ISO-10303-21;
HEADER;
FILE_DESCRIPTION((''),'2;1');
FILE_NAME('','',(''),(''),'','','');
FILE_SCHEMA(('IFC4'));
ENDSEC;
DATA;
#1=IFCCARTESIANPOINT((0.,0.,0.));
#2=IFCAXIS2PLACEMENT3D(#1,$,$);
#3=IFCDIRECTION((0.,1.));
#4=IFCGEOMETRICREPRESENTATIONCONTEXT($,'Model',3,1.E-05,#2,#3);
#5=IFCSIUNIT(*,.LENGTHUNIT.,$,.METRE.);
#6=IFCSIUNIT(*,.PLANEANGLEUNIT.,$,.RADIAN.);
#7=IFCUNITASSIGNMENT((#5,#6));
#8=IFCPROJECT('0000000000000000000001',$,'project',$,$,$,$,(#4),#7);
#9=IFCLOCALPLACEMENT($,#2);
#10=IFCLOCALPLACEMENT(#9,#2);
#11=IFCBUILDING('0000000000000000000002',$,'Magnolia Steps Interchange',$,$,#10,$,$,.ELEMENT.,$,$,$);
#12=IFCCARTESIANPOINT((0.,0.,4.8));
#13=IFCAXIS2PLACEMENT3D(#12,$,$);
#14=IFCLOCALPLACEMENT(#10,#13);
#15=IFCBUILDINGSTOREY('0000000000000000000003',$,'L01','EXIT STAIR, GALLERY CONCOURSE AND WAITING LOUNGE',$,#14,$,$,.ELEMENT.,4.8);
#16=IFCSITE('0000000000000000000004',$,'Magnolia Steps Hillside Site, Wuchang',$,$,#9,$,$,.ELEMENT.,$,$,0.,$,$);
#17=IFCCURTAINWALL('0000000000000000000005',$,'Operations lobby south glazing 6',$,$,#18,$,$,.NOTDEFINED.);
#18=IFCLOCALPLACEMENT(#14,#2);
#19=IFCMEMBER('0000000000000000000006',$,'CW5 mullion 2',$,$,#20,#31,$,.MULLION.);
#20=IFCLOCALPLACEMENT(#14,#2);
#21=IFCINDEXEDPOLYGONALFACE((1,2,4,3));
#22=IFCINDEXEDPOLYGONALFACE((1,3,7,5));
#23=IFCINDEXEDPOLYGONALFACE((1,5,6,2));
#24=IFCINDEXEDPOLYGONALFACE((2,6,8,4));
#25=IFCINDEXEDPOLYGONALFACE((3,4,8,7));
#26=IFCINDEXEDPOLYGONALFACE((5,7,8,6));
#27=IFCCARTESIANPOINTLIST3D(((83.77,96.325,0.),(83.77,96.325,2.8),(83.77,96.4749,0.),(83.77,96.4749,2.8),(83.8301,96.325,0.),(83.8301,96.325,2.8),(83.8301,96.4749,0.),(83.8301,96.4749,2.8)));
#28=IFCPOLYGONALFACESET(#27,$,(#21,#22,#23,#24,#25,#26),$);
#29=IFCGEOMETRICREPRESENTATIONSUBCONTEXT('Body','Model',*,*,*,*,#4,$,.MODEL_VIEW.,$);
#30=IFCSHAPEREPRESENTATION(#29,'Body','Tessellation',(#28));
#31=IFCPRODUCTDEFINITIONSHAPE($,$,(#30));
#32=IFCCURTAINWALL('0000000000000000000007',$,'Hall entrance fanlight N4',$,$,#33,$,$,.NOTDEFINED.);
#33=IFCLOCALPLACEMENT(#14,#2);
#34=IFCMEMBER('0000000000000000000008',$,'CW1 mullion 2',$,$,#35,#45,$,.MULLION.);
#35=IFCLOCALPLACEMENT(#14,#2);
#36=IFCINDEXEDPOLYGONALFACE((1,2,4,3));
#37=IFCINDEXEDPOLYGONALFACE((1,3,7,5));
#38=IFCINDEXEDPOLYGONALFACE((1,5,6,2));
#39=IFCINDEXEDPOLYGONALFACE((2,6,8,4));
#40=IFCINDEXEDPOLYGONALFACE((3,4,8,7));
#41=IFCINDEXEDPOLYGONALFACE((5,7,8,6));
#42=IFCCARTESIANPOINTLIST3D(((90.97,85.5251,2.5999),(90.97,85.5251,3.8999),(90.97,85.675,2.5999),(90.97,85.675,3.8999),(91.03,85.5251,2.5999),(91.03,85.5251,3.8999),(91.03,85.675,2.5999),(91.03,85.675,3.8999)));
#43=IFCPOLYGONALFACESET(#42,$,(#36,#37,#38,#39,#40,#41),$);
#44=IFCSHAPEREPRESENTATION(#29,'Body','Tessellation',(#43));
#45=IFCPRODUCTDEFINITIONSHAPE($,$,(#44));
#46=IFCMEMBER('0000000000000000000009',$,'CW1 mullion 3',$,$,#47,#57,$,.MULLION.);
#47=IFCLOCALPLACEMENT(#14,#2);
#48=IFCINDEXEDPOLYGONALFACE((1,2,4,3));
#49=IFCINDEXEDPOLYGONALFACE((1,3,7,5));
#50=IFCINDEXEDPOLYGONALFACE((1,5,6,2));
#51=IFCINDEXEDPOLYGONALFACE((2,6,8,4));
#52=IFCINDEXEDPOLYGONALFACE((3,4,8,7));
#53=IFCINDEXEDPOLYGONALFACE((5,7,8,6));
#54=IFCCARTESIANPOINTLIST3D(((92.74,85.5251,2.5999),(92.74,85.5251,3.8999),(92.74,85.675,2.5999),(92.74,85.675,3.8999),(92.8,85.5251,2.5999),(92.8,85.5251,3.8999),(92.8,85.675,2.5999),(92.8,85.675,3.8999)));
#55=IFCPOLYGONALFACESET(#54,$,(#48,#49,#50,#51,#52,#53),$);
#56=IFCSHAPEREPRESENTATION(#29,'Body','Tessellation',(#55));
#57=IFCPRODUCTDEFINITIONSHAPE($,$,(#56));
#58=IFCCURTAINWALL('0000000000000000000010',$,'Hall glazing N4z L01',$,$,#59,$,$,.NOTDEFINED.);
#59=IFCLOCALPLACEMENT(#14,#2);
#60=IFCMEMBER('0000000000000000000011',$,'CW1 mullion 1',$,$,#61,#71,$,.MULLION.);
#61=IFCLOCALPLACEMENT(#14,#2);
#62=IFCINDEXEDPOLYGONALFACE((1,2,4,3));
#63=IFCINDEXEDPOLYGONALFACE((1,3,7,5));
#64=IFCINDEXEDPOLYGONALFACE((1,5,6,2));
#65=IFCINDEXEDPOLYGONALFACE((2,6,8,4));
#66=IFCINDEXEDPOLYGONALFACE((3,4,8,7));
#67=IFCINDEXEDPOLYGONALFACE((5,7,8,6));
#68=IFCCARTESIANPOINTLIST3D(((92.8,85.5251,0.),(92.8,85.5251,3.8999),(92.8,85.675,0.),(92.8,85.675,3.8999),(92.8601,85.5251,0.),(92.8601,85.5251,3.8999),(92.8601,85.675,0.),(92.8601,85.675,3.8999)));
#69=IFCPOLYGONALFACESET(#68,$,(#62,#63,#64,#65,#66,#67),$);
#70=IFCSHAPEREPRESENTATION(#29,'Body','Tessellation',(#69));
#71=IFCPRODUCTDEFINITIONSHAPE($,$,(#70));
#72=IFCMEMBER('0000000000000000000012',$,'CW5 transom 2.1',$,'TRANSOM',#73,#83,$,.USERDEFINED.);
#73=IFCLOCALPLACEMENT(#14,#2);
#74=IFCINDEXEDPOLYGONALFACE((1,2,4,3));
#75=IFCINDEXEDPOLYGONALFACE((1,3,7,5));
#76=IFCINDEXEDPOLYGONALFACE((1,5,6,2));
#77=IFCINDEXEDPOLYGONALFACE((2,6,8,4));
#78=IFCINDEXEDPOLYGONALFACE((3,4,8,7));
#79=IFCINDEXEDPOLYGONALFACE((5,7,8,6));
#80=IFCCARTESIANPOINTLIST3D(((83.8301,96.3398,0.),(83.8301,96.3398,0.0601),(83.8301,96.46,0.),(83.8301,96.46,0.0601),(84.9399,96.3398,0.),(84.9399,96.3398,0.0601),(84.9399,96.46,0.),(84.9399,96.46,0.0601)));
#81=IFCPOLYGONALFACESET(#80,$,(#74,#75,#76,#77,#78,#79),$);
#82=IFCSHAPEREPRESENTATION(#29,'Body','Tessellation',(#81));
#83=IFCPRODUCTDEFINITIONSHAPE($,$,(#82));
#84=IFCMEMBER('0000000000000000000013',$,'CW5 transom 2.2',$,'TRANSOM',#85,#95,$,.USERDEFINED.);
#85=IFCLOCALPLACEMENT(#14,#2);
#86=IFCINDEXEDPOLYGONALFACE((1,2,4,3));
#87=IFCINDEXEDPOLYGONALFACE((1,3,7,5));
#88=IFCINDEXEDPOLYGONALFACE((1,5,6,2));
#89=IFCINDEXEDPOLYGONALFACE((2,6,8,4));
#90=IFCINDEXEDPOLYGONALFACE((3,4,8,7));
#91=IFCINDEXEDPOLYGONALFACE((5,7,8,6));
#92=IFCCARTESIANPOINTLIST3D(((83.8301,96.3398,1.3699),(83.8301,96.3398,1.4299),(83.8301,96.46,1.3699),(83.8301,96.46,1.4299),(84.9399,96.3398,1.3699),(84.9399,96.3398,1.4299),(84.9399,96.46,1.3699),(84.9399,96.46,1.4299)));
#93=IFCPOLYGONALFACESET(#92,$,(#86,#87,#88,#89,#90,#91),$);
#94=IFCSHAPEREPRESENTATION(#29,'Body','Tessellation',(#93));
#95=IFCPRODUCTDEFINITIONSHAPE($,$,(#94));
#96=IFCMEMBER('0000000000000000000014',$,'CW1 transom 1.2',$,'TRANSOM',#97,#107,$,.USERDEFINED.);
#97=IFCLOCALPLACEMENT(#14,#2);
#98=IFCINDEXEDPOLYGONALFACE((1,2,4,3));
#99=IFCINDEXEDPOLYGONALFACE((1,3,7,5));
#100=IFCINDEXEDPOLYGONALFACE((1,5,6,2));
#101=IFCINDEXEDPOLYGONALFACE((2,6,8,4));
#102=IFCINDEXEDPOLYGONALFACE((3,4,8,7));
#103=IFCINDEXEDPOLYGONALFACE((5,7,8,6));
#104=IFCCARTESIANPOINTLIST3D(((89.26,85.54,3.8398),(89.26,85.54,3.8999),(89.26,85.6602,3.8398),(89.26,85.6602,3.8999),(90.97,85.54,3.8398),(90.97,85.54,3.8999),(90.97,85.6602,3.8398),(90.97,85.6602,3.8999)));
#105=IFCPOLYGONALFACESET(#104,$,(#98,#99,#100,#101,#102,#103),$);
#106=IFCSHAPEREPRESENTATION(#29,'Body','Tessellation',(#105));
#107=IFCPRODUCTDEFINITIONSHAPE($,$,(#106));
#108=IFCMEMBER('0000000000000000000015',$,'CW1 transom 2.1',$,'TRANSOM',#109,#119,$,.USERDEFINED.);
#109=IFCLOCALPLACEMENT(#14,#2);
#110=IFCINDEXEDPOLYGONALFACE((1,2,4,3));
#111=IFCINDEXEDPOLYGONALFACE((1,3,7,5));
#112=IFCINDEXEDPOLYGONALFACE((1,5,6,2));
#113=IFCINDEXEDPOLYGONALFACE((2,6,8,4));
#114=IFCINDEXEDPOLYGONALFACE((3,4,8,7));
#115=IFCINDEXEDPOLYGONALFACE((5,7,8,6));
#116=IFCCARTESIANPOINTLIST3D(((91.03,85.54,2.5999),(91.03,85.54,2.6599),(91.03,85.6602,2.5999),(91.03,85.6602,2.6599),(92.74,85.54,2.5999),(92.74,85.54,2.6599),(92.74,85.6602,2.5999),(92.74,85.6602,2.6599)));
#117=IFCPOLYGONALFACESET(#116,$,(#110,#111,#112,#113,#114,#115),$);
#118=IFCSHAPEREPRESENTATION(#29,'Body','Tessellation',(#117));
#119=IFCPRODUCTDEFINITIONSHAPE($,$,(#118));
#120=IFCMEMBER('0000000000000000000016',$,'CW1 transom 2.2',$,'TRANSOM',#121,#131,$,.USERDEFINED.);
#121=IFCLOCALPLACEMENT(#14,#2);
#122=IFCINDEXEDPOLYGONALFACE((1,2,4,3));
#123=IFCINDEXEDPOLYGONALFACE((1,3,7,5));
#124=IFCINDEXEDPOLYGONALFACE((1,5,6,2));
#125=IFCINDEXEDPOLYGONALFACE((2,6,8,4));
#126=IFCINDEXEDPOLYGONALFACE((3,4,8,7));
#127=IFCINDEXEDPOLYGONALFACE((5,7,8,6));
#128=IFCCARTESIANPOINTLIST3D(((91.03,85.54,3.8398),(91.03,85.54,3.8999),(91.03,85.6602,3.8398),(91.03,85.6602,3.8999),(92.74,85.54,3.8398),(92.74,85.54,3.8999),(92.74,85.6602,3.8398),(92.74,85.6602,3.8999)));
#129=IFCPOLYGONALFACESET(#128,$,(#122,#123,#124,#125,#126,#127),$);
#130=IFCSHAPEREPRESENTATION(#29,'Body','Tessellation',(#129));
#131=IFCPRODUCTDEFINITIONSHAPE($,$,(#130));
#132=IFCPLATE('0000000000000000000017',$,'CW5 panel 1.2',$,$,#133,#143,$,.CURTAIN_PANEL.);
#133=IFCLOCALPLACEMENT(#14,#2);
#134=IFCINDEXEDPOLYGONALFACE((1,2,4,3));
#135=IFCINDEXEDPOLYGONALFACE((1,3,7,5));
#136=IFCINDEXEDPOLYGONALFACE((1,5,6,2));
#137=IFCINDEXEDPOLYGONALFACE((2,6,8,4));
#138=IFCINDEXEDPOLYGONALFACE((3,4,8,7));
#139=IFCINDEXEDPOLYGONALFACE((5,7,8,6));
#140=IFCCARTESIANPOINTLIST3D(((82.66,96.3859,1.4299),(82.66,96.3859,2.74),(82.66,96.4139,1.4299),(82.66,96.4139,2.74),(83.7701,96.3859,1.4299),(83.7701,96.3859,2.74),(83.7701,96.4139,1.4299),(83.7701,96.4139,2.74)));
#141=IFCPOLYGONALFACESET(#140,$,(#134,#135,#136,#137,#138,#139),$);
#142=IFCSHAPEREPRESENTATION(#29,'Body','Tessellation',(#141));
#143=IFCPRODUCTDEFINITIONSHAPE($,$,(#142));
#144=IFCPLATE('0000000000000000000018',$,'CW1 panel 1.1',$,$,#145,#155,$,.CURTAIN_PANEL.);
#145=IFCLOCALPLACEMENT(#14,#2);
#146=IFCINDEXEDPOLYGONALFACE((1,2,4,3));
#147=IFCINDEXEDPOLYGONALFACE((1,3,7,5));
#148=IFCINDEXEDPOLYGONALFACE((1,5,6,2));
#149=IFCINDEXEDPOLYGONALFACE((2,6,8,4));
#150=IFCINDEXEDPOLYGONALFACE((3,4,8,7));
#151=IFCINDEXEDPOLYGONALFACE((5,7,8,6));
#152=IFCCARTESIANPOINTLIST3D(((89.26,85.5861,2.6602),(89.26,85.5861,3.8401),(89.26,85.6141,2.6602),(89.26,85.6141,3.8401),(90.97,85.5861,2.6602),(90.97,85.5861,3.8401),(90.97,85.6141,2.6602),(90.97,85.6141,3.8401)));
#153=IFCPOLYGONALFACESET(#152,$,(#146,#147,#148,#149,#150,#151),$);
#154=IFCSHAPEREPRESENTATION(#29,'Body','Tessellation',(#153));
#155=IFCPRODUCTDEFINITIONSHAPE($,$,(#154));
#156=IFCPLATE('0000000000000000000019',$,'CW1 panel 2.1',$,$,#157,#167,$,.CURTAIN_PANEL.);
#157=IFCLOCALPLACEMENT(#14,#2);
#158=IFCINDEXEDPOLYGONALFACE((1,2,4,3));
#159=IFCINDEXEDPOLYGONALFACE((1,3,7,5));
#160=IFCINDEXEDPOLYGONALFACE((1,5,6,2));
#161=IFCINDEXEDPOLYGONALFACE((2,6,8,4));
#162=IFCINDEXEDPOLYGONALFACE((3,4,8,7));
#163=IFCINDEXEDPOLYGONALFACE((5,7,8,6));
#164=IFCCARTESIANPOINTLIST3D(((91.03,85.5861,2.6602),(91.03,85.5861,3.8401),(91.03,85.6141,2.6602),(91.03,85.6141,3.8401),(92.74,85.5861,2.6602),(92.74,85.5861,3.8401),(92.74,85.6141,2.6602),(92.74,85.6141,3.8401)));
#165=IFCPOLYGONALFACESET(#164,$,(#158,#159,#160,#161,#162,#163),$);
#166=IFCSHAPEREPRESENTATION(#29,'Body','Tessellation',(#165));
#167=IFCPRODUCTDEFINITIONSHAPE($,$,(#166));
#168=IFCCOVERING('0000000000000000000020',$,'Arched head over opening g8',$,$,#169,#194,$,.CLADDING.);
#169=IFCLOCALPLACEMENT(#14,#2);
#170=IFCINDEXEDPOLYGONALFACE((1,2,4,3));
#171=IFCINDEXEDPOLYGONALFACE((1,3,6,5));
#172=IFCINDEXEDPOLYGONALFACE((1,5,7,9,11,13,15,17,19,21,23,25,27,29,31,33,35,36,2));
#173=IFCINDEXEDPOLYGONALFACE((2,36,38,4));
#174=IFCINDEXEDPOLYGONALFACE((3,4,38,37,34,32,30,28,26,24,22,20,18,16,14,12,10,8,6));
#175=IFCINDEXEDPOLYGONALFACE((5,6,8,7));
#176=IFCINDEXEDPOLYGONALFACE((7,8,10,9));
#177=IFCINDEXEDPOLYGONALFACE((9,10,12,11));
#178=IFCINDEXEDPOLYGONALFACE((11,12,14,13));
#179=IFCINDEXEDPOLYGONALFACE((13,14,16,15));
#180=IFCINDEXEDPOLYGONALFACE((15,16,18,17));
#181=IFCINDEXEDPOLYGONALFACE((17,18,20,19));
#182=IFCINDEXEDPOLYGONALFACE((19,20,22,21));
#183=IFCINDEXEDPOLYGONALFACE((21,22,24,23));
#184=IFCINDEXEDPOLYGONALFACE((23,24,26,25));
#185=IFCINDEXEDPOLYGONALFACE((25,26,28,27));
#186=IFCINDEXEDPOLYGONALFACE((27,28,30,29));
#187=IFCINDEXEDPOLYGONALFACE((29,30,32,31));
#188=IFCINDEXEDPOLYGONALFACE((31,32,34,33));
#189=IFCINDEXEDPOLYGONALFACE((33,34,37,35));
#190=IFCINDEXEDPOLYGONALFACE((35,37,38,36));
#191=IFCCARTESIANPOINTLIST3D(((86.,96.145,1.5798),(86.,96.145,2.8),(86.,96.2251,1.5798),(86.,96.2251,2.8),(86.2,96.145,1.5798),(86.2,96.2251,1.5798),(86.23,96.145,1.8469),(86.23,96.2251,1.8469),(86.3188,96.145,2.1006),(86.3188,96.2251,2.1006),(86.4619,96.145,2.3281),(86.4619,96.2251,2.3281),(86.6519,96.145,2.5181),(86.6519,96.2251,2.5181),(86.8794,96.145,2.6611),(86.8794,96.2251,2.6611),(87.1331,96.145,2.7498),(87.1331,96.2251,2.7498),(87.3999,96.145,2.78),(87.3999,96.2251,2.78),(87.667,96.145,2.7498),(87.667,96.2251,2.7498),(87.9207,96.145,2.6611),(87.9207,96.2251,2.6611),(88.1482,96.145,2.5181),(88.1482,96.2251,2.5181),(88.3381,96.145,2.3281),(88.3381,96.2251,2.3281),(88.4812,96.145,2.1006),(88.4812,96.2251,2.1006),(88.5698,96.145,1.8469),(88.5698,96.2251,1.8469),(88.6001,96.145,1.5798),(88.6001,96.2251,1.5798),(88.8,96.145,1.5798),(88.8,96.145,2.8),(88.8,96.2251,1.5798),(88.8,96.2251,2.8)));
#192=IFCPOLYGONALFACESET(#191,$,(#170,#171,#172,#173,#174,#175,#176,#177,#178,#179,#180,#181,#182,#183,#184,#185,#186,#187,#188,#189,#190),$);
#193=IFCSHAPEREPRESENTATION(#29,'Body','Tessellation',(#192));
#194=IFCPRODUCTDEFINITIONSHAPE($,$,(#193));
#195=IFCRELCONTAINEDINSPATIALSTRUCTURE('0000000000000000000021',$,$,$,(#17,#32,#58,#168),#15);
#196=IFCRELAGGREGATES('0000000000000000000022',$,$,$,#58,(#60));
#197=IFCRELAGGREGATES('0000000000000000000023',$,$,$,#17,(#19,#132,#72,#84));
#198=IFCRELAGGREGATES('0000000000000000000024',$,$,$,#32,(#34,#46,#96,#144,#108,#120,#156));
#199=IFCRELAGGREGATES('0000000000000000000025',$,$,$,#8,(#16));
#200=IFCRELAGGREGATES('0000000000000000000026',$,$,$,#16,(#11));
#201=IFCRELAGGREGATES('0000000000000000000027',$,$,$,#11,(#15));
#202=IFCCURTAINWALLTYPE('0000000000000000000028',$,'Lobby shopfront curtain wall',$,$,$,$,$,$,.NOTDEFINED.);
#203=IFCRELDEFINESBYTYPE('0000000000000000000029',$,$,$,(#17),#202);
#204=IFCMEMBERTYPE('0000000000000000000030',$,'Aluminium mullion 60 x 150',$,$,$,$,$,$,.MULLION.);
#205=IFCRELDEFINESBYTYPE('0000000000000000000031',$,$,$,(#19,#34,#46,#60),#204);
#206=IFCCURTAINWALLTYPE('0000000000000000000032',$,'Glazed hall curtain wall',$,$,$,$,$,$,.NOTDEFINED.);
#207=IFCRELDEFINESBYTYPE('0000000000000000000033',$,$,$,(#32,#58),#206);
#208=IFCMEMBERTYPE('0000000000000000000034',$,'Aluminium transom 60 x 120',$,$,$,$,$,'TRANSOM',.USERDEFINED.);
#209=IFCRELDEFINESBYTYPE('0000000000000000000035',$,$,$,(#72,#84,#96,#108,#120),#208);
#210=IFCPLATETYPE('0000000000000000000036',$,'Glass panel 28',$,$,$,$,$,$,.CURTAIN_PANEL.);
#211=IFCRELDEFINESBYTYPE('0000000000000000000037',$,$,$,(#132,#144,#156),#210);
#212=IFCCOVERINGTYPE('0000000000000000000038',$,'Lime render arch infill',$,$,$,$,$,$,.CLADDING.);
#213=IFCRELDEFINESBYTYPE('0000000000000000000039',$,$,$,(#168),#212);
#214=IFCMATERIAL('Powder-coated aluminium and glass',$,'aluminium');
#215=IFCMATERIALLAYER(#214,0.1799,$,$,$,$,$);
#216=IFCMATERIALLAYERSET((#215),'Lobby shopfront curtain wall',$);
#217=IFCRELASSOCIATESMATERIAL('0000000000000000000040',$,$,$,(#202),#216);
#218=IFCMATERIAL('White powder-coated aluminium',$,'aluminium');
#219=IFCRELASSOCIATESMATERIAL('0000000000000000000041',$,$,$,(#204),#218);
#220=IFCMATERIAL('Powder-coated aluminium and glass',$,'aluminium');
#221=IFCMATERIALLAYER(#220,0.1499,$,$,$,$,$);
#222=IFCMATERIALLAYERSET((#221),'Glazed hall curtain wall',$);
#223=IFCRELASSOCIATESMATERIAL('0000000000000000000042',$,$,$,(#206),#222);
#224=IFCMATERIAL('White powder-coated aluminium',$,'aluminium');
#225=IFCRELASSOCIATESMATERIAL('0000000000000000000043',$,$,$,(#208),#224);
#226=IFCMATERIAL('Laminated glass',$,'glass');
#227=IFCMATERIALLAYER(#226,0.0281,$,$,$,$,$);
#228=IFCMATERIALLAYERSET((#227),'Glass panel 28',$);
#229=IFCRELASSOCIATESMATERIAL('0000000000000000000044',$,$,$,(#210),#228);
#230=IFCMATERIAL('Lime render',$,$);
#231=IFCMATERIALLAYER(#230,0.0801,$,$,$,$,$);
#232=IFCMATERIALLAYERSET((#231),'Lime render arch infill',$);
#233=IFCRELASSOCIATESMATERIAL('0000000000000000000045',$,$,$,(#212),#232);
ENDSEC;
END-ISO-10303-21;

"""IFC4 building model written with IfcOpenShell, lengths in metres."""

from ifc_helpers import new_model, si_unit, direction, frame, origin, origin_2d, place, context, subcontext, project, spatial, polyline, rectangle, outline, extrude, material, layer, layer_set, material_profile, profile_set, type_object, element, aggregate, save


model = new_model("IFC4")

# Units and contexts
model_context = context("Model", 3, precision=1e-05, world=origin(), true_north=direction((0.0, 1.0)))
body_context = subcontext(model_context, "Body", "Model", "MODEL_VIEW")
ifc_project = project(units=[si_unit("LENGTHUNIT", "METRE"), si_unit("PLANEANGLEUNIT", "RADIAN")], contexts=[model_context])

# Site, building, storey
site_placement = place(None, origin())
site = spatial("IfcSite", under=ifc_project, at=site_placement, Name="Magnolia Steps Hillside Site, Wuchang", CompositionType="ELEMENT", RefElevation=0.0)
building_placement = place(site_placement, origin())
building = spatial("IfcBuilding", under=site, at=building_placement, Name="Magnolia Steps Interchange", CompositionType="ELEMENT")
storey_placement = place(building_placement, frame((0.0, 0.0, 4.8)))
storey = spatial("IfcBuildingStorey", under=building, at=storey_placement, Name="L01", Description="EXIT STAIR, GALLERY CONCOURSE AND WAITING LOUNGE", CompositionType="ELEMENT", Elevation=4.8)

# Curtain wall, member
ifc_material_1 = material(Name="Powder-coated aluminium and glass", Category="aluminium")
ifc_layer_1 = layer(ifc_material_1, 0.1799)
ifc_layer_set_1 = layer_set([ifc_layer_1], Name="Lobby shopfront curtain wall")
curtain_wall_type_1 = type_object("IfcCurtainWallType", Name="Lobby shopfront curtain wall", PredefinedType="NOTDEFINED", material=ifc_layer_set_1)
curtain_wall_1_placement = place(storey_placement, origin())
curtain_wall_1 = element("IfcCurtainWall", 1, at=curtain_wall_1_placement, inside=storey, type_object=curtain_wall_type_1, Name="Operations lobby south glazing 6", PredefinedType="NOTDEFINED")
ifc_material_2 = material(Name="White powder-coated aluminium", Category="aluminium")
ifc_material_profile_1 = material_profile(ifc_material_2, rectangle(XDim=0.0601, YDim=0.1499, at=origin_2d()), Name="Aluminium mullion 60 x 150")
ifc_profile_set_1 = profile_set([ifc_material_profile_1], Name="White powder-coated aluminium")
member_type_1 = type_object("IfcMemberType", Name="Aluminium mullion 60 x 150", PredefinedType="MULLION", material=ifc_profile_set_1)
member_1_placement = place(storey_placement, frame((83.8, 96.3999, 0.0), z_axis=(0.0, 0.0, 1.0), x_axis=(1.0, 0.0, 0.0)))
member_1 = element("IfcMember", 2, at=member_1_placement, type_object=member_type_1, Name="CW5 mullion 2", PredefinedType="MULLION", context=body_context, shape_type="SweptSolid", body=[
    extrude(rectangle(XDim=0.0601, YDim=0.1499, at=origin_2d()), origin(), (0.0, 0.0, 1.0), 2.8),
])

# Curtain wall, members
ifc_material_3 = material(Name="Powder-coated aluminium and glass", Category="aluminium")
ifc_layer_2 = layer(ifc_material_3, 0.1499)
ifc_layer_set_2 = layer_set([ifc_layer_2], Name="Glazed hall curtain wall")
curtain_wall_type_2 = type_object("IfcCurtainWallType", Name="Glazed hall curtain wall", PredefinedType="NOTDEFINED", material=ifc_layer_set_2)
curtain_wall_2_placement = place(storey_placement, origin())
curtain_wall_2 = element("IfcCurtainWall", 3, at=curtain_wall_2_placement, inside=storey, type_object=curtain_wall_type_2, Name="Hall entrance fanlight N4", PredefinedType="NOTDEFINED")
member_2_placement = place(storey_placement, frame((91.0, 85.6001, 2.5999), z_axis=(0.0, 0.0, 1.0), x_axis=(1.0, 0.0, 0.0)))
member_2 = element("IfcMember", 4, at=member_2_placement, type_object=member_type_1, Name="CW1 mullion 2", PredefinedType="MULLION", context=body_context, shape_type="SweptSolid", body=[
    extrude(rectangle(XDim=0.0601, YDim=0.1499, at=origin_2d()), origin(), (0.0, 0.0, 1.0), 1.3),
])
member_3_placement = place(storey_placement, frame((92.77, 85.6001, 2.5999), z_axis=(0.0, 0.0, 1.0), x_axis=(1.0, 0.0, 0.0)))
member_3 = element("IfcMember", 5, at=member_3_placement, type_object=member_type_1, Name="CW1 mullion 3", PredefinedType="MULLION", context=body_context, shape_type="SweptSolid", body=[
    extrude(rectangle(XDim=0.0601, YDim=0.1499, at=origin_2d()), origin(), (0.0, 0.0, 1.0), 1.3),
])

# Curtain wall, member
curtain_wall_3_placement = place(storey_placement, origin())
curtain_wall_3 = element("IfcCurtainWall", 6, at=curtain_wall_3_placement, inside=storey, type_object=curtain_wall_type_2, Name="Hall glazing N4z L01", PredefinedType="NOTDEFINED")
member_4_placement = place(storey_placement, frame((92.8301, 85.6001, 0.0), z_axis=(0.0, 0.0, 1.0), x_axis=(1.0, 0.0, 0.0)))
member_4 = element("IfcMember", 7, at=member_4_placement, type_object=member_type_1, Name="CW1 mullion 1", PredefinedType="MULLION", context=body_context, shape_type="SweptSolid", body=[
    extrude(rectangle(XDim=0.0601, YDim=0.1499, at=origin_2d()), origin(), (0.0, 0.0, 1.0), 3.8999),
])
aggregate(curtain_wall_3, [member_4])

# Members
ifc_material_4 = material(Name="White powder-coated aluminium", Category="aluminium")
ifc_material_profile_2 = material_profile(ifc_material_4, rectangle(XDim=0.0601, YDim=0.1201, at=origin_2d()), Name="Aluminium transom 60 x 120")
ifc_profile_set_2 = profile_set([ifc_material_profile_2], Name="White powder-coated aluminium")
member_type_2 = type_object("IfcMemberType", Name="Aluminium transom 60 x 120", ElementType="TRANSOM", PredefinedType="USERDEFINED", material=ifc_profile_set_2)
member_5_placement = place(storey_placement, frame((83.8301, 96.3999, 0.03), z_axis=(1.0, 0.0, 0.0), x_axis=(0.0, 0.0, 1.0)))
member_5 = element("IfcMember", 8, at=member_5_placement, type_object=member_type_2, Name="CW5 transom 2.1", ObjectType="TRANSOM", PredefinedType="USERDEFINED", context=body_context, shape_type="SweptSolid", body=[
    extrude(rectangle(XDim=0.0601, YDim=0.1201, at=origin_2d()), origin(), (0.0, 0.0, 1.0), 1.1099),
])
member_6_placement = place(storey_placement, frame((83.8301, 96.3999, 1.3999), z_axis=(1.0, 0.0, 0.0), x_axis=(0.0, 0.0, 1.0)))
member_6 = element("IfcMember", 9, at=member_6_placement, type_object=member_type_2, Name="CW5 transom 2.2", ObjectType="TRANSOM", PredefinedType="USERDEFINED", context=body_context, shape_type="SweptSolid", body=[
    extrude(rectangle(XDim=0.0601, YDim=0.1201, at=origin_2d()), origin(), (0.0, 0.0, 1.0), 1.1099),
])
member_7_placement = place(storey_placement, frame((89.26, 85.6001, 3.8699), z_axis=(1.0, 0.0, 0.0), x_axis=(0.0, 0.0, 1.0)))
member_7 = element("IfcMember", 10, at=member_7_placement, type_object=member_type_2, Name="CW1 transom 1.2", ObjectType="TRANSOM", PredefinedType="USERDEFINED", context=body_context, shape_type="SweptSolid", body=[
    extrude(rectangle(XDim=0.0601, YDim=0.1201, at=origin_2d()), origin(), (0.0, 0.0, 1.0), 1.71),
])
member_8_placement = place(storey_placement, frame((91.03, 85.6001, 2.6299), z_axis=(1.0, 0.0, 0.0), x_axis=(0.0, 0.0, 1.0)))
member_8 = element("IfcMember", 11, at=member_8_placement, type_object=member_type_2, Name="CW1 transom 2.1", ObjectType="TRANSOM", PredefinedType="USERDEFINED", context=body_context, shape_type="SweptSolid", body=[
    extrude(rectangle(XDim=0.0601, YDim=0.1201, at=origin_2d()), origin(), (0.0, 0.0, 1.0), 1.71),
])
member_9_placement = place(storey_placement, frame((91.03, 85.6001, 3.8699), z_axis=(1.0, 0.0, 0.0), x_axis=(0.0, 0.0, 1.0)))
member_9 = element("IfcMember", 12, at=member_9_placement, type_object=member_type_2, Name="CW1 transom 2.2", ObjectType="TRANSOM", PredefinedType="USERDEFINED", context=body_context, shape_type="SweptSolid", body=[
    extrude(rectangle(XDim=0.0601, YDim=0.1201, at=origin_2d()), origin(), (0.0, 0.0, 1.0), 1.71),
])

# Plates
ifc_material_5 = material(Name="Laminated glass", Category="glass")
ifc_layer_3 = layer(ifc_material_5, 0.0281)
ifc_layer_set_3 = layer_set([ifc_layer_3], Name="Glass panel 28")
plate_type = type_object("IfcPlateType", Name="Glass panel 28", PredefinedType="CURTAIN_PANEL", material=ifc_layer_set_3)
plate_1_placement = place(storey_placement, frame((83.2151, 96.3999, 1.4299), z_axis=(0.0, 0.0, 1.0), x_axis=(1.0, 0.0, 0.0)))
plate_1 = element("IfcPlate", 13, at=plate_1_placement, type_object=plate_type, Name="CW5 panel 1.2", PredefinedType="CURTAIN_PANEL", context=body_context, shape_type="SweptSolid", body=[
    extrude(rectangle(XDim=1.1101, YDim=0.0281, at=origin_2d()), origin(), (0.0, 0.0, 1.0), 1.3101),
])
aggregate(curtain_wall_1, [member_1, plate_1, member_5, member_6])
plate_2_placement = place(storey_placement, frame((90.115, 85.6001, 2.6602), z_axis=(0.0, 0.0, 1.0), x_axis=(1.0, 0.0, 0.0)))
plate_2 = element("IfcPlate", 14, at=plate_2_placement, type_object=plate_type, Name="CW1 panel 1.1", PredefinedType="CURTAIN_PANEL", context=body_context, shape_type="SweptSolid", body=[
    extrude(rectangle(XDim=1.71, YDim=0.0281, at=origin_2d()), origin(), (0.0, 0.0, 1.0), 1.1799),
])
plate_3_placement = place(storey_placement, frame((91.885, 85.6001, 2.6602), z_axis=(0.0, 0.0, 1.0), x_axis=(1.0, 0.0, 0.0)))
plate_3 = element("IfcPlate", 15, at=plate_3_placement, type_object=plate_type, Name="CW1 panel 2.1", PredefinedType="CURTAIN_PANEL", context=body_context, shape_type="SweptSolid", body=[
    extrude(rectangle(XDim=1.71, YDim=0.0281, at=origin_2d()), origin(), (0.0, 0.0, 1.0), 1.1799),
])
aggregate(curtain_wall_2, [member_2, member_3, member_7, plate_2, member_8, member_9, plate_3])

# Covering
ifc_material_6 = material(Name="Lime render")
ifc_layer_4 = layer(ifc_material_6, 0.0801)
ifc_layer_set_4 = layer_set([ifc_layer_4], Name="Lime render arch infill")
covering_type_1 = type_object("IfcCoveringType", Name="Lime render arch infill", PredefinedType="CLADDING", material=ifc_layer_set_4)
covering_1_placement = place(storey_placement, frame((86.0, 96.2251, 1.5798), z_axis=(0.0, 1.0, 0.0), x_axis=(0.0, 0.0, 1.0)))
element("IfcCovering", 16, at=covering_1_placement, inside=storey, type_object=covering_type_1, Name="Arched head over opening g8", PredefinedType="CLADDING", context=body_context, shape_type="SweptSolid", body=[
    extrude(outline(polyline([(0.0, 0.0), (1.2202, 0.0), (1.2202, 2.8), (0.0, 2.8), (0.0, 2.6001), (0.2671, 2.5698), (0.5208, 2.4812), (0.7483, 2.3381), (0.9382, 2.1482), (1.0813, 1.9207), (1.1699, 1.667), (1.2002, 1.3999), (1.1699, 1.1331), (1.0813, 0.8794), (0.9382, 0.6519), (0.7483, 0.4619), (0.5208, 0.3188), (0.2671, 0.23), (0.0, 0.2), (0.0, 0.0)])), origin(), (0.0, 0.0, -1.0), 0.0801),
])

save(model, "model.ifc")
